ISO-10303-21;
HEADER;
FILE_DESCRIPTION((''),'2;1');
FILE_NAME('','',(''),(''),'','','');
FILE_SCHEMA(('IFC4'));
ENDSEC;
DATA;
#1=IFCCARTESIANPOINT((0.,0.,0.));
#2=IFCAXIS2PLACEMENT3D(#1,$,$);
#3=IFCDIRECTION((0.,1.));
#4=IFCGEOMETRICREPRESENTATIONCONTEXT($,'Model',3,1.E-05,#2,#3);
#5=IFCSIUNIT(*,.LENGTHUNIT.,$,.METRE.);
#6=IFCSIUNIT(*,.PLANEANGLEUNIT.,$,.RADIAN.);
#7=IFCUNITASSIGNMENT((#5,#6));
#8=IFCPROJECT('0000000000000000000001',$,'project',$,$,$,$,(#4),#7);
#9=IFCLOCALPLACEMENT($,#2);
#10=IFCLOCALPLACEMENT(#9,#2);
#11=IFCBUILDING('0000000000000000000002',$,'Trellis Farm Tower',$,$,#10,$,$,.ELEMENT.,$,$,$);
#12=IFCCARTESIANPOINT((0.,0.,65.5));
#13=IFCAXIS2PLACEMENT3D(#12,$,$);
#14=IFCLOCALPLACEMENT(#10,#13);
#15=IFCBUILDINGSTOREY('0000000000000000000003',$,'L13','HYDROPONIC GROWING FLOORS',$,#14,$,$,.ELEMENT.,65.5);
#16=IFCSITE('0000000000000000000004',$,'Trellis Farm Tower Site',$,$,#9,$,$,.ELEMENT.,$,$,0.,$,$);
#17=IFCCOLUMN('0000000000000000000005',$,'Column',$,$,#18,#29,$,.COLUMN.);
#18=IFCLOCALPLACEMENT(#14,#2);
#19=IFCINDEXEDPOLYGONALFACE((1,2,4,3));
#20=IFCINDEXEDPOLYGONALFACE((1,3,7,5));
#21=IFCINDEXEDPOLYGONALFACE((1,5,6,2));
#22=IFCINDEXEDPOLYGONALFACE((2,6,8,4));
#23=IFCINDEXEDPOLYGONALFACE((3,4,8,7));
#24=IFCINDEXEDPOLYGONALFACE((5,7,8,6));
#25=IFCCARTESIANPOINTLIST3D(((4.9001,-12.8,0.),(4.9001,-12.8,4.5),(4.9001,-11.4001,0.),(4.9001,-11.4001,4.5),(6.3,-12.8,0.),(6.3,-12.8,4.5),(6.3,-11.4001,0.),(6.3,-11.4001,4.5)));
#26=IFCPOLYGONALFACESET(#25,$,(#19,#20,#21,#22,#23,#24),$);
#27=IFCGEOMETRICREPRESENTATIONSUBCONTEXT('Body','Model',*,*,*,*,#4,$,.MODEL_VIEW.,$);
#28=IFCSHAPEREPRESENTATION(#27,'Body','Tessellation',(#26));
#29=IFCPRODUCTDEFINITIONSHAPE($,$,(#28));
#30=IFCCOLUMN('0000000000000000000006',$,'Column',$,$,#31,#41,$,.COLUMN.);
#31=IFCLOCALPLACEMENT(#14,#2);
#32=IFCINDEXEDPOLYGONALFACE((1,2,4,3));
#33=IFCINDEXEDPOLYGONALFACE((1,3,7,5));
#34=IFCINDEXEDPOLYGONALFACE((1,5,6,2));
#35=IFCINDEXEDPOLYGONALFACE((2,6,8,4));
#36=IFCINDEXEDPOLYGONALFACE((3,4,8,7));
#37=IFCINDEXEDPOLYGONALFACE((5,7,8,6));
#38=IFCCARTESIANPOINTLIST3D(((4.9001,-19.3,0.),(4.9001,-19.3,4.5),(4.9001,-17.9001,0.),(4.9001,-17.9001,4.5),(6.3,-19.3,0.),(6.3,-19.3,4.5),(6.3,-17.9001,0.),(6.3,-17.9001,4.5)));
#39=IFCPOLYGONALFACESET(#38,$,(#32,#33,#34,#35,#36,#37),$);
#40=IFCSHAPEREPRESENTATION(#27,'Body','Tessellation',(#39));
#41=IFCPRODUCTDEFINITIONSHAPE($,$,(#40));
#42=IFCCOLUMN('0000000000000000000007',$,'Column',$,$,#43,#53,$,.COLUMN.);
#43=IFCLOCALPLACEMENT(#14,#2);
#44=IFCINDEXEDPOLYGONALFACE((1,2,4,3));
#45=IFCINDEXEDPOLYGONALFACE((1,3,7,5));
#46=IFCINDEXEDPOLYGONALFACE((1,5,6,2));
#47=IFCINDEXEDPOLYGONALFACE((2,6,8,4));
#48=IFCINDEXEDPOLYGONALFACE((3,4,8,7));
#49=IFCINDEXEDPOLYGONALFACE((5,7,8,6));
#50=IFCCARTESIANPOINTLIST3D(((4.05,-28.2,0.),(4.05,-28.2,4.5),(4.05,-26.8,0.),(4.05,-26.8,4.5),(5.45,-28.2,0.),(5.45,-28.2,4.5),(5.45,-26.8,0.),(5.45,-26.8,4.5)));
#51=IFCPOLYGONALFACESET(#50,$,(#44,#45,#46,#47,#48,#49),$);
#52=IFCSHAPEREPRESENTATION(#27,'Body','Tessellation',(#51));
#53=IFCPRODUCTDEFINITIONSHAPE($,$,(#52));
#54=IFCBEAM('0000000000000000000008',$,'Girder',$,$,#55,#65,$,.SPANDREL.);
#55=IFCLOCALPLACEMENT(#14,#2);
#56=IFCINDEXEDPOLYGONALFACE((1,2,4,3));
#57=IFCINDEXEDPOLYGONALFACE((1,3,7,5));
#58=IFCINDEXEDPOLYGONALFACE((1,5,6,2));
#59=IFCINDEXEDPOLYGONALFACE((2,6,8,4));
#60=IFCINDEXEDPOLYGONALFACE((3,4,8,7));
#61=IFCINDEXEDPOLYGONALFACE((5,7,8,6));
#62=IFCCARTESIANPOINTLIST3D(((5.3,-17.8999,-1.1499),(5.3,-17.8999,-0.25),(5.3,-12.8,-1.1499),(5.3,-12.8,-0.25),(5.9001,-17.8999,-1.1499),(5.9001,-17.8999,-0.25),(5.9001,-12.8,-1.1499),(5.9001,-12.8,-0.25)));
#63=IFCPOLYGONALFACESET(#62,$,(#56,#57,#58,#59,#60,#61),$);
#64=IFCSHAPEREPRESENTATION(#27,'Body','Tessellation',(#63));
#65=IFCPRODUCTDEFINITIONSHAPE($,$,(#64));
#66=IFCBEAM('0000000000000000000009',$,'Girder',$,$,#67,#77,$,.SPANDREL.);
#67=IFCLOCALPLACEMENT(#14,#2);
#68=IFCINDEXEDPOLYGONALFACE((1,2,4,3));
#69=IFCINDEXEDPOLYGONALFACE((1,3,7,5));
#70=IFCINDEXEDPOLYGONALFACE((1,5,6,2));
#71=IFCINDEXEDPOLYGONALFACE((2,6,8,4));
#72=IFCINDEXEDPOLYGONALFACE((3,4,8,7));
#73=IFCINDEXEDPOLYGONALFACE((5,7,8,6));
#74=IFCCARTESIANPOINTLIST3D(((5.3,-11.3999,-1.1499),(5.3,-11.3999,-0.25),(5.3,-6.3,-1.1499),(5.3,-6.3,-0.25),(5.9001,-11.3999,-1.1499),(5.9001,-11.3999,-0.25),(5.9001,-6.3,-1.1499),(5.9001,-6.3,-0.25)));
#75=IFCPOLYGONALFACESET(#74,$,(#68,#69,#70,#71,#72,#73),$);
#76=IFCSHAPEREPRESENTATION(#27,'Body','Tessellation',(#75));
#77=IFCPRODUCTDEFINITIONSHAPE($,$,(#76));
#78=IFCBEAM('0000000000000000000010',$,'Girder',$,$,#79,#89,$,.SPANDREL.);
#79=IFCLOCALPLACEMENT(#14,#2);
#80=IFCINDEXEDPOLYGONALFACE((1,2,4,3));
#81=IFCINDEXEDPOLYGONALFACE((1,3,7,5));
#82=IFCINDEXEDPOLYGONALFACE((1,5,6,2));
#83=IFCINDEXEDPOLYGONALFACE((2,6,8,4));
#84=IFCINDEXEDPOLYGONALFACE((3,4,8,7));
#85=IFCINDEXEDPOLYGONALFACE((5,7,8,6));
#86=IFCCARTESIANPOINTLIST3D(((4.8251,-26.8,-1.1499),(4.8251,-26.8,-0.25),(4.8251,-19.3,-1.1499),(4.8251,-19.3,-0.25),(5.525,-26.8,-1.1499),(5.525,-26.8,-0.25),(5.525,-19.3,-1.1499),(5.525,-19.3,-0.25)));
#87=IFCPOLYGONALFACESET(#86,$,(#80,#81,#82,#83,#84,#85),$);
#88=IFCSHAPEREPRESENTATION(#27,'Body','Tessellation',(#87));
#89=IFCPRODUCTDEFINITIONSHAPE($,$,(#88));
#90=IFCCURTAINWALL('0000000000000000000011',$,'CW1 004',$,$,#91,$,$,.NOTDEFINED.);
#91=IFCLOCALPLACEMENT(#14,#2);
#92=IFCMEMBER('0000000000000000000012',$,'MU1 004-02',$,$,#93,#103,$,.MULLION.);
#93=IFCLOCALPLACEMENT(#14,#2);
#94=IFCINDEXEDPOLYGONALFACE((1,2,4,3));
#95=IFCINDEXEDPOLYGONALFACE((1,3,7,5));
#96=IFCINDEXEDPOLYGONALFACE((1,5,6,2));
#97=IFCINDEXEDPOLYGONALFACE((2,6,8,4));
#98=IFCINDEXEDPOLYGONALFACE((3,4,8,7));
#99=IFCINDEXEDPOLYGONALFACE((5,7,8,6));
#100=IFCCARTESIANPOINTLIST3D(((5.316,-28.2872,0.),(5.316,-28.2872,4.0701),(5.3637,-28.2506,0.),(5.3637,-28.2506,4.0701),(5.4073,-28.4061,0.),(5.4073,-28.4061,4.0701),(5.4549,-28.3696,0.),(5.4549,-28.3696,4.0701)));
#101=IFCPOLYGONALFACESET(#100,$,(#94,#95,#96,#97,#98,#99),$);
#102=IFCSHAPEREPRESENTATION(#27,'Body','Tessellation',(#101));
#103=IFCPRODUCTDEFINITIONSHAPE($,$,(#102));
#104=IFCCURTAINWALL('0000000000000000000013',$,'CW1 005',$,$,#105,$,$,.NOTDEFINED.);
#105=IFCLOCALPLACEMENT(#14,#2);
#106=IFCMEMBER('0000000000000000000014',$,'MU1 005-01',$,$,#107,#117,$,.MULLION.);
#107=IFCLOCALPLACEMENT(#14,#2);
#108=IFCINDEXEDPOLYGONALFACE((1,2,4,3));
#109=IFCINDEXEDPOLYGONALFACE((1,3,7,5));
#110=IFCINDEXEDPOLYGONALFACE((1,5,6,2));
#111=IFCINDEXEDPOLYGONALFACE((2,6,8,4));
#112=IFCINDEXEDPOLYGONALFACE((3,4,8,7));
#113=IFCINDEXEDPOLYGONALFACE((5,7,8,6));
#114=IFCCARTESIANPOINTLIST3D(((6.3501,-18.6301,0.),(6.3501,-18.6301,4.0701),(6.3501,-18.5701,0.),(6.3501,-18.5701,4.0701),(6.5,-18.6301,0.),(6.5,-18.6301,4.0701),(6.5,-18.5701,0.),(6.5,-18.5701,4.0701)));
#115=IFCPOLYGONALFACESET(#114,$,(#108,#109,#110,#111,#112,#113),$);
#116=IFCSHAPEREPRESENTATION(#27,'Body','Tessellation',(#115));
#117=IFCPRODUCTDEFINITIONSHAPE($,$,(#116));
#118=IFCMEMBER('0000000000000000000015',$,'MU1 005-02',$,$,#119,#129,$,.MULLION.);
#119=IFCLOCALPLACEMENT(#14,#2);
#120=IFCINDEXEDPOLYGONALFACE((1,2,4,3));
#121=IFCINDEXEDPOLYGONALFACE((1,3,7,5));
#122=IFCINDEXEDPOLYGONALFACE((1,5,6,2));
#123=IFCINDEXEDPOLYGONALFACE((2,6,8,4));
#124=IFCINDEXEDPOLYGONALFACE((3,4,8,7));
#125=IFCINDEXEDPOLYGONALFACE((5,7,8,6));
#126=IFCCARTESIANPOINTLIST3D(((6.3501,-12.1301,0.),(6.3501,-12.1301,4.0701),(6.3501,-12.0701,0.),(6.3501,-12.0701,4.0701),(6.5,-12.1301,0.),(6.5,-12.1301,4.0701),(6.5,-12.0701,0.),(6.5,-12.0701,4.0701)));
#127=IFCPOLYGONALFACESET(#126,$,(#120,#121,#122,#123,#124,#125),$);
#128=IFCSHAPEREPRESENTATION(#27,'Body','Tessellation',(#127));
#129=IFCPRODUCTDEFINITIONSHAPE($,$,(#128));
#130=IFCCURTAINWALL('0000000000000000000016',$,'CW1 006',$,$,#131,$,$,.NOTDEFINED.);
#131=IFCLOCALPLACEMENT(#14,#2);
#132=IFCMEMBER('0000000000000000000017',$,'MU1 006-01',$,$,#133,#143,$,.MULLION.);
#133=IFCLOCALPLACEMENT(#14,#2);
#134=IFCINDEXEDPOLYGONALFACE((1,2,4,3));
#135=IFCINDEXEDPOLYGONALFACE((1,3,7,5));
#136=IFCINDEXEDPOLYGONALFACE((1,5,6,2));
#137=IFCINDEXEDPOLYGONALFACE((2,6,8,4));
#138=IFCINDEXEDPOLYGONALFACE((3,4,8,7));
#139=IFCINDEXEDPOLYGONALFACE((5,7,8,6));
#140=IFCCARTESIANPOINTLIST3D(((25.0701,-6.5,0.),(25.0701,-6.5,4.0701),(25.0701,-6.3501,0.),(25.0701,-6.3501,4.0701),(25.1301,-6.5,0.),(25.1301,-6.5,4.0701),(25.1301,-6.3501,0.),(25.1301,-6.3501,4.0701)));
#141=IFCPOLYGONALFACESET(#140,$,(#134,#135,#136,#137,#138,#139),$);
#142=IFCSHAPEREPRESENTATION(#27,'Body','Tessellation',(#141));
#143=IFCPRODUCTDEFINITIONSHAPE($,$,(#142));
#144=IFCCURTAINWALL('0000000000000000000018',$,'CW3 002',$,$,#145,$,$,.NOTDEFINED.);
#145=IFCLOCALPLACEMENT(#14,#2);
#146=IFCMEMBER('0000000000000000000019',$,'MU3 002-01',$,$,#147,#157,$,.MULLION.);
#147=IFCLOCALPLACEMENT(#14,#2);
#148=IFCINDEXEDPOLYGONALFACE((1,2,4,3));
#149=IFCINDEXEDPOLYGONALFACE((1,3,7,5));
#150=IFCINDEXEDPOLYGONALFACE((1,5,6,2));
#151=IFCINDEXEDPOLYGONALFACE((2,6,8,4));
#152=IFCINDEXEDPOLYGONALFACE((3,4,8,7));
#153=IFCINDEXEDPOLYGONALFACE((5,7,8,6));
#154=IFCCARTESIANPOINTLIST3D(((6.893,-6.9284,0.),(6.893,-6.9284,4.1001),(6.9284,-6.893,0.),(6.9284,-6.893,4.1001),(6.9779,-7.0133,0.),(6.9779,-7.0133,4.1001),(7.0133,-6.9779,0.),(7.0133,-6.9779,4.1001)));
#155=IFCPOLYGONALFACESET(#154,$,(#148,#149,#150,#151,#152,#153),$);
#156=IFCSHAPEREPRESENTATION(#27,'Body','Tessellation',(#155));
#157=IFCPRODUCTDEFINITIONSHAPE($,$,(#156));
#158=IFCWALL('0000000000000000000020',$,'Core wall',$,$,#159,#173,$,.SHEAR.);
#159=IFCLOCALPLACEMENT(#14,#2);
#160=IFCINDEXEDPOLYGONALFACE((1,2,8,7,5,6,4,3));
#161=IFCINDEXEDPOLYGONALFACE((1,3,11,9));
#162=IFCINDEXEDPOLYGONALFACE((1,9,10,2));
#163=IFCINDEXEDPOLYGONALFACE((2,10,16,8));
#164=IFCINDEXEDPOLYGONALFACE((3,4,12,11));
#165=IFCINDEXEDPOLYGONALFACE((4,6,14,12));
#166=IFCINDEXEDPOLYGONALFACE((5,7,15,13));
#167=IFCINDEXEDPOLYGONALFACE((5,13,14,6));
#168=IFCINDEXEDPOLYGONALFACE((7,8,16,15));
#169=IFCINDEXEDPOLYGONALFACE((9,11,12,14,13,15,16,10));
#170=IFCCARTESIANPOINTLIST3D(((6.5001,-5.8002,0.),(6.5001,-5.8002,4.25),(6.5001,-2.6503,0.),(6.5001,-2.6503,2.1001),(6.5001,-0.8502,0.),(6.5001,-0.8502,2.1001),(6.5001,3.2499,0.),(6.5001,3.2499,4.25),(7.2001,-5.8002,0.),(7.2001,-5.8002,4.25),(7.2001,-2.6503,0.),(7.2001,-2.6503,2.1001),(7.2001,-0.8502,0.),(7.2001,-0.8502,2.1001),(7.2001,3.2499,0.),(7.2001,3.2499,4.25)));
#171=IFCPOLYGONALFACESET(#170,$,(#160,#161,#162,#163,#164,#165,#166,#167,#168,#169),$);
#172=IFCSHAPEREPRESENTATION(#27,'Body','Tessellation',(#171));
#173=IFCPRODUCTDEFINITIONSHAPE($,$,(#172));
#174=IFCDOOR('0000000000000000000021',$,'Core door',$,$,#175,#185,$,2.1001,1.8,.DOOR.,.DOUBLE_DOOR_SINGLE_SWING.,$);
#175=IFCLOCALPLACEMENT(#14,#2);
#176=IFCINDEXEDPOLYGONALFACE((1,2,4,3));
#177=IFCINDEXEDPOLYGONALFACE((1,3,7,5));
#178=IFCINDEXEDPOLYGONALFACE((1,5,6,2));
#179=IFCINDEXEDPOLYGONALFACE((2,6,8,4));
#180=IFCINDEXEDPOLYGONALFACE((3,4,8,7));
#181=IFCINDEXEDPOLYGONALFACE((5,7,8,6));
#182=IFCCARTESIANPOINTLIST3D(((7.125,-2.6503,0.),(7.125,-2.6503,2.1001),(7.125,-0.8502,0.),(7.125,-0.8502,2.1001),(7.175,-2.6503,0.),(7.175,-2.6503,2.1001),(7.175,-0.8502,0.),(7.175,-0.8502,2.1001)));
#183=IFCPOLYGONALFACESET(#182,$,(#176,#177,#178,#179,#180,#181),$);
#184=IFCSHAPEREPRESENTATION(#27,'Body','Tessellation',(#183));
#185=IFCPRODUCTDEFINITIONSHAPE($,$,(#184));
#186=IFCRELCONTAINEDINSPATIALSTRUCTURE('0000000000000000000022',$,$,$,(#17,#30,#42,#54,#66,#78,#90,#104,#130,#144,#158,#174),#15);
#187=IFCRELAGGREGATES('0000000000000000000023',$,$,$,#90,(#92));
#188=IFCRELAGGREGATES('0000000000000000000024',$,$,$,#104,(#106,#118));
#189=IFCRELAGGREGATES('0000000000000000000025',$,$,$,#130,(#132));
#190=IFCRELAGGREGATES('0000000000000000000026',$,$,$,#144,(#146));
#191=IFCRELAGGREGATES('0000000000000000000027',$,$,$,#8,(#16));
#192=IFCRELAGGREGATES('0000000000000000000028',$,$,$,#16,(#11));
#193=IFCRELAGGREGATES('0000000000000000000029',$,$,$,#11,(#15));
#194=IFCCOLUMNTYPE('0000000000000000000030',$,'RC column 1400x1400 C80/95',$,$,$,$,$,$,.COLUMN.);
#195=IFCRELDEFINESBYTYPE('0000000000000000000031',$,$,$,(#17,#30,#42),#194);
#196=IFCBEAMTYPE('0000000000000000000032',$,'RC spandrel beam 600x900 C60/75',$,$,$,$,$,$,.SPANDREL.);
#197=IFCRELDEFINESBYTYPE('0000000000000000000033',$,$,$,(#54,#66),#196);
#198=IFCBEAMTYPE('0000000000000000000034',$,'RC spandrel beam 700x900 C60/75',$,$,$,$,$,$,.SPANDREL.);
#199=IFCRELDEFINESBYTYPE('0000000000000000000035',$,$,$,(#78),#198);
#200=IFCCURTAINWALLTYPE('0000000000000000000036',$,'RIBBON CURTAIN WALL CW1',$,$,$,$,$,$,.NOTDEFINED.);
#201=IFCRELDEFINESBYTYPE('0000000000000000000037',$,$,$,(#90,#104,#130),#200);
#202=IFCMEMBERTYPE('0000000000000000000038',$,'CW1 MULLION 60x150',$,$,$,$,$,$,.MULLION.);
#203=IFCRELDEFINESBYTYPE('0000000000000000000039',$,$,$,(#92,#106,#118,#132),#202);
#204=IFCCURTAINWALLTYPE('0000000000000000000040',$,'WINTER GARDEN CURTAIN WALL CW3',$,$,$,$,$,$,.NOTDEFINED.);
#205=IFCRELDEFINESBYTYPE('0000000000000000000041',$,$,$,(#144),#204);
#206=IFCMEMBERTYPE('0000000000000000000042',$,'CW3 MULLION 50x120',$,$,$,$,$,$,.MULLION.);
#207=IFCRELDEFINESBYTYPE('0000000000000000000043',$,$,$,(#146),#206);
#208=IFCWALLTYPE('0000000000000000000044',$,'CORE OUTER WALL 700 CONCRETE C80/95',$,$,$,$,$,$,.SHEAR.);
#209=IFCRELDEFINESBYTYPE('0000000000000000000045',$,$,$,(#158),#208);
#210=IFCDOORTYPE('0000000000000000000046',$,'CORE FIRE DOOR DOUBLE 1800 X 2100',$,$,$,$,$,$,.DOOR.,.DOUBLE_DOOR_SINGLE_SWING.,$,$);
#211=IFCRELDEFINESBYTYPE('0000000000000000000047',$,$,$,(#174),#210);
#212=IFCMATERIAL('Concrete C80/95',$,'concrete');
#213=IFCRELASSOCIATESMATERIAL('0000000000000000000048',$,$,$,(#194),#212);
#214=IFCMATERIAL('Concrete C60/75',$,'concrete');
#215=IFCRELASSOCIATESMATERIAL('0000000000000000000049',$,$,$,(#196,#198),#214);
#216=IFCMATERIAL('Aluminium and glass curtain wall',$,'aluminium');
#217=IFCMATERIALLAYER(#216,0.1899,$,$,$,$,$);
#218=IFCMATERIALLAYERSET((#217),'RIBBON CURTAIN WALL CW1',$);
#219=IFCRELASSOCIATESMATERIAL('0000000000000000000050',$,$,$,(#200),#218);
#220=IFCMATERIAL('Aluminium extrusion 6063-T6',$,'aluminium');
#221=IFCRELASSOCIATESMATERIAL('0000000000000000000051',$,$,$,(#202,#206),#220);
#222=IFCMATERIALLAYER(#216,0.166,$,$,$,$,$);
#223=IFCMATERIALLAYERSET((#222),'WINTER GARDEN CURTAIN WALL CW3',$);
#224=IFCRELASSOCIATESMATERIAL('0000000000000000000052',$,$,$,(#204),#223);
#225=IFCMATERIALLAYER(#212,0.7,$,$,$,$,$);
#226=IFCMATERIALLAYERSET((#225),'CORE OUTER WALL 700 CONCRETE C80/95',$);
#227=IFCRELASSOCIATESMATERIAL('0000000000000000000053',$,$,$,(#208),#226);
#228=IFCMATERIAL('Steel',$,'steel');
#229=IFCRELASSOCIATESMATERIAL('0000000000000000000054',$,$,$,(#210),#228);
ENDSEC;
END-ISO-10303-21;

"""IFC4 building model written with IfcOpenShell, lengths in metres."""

from ifc_helpers import new_model, si_unit, direction, frame, frame_2d, origin, origin_2d, place, context, subcontext, project, spatial, rectangle, extrude, source, transform, mapped, material, layer, layer_set, material_profile, profile_set, type_object, element, fill, aggregate, save


model = new_model("IFC4")

# Units and contexts
model_context = context("Model", 3, precision=1e-05, world=origin(), true_north=direction((0.0, 1.0)))
body_context = subcontext(model_context, "Body", "Model", "MODEL_VIEW")
ifc_project = project(units=[si_unit("LENGTHUNIT", "METRE"), si_unit("PLANEANGLEUNIT", "RADIAN")], contexts=[model_context])

# Site, building, storey
site_placement = place(None, origin())
site = spatial("IfcSite", under=ifc_project, at=site_placement, Name="Trellis Farm Tower Site", CompositionType="ELEMENT", RefElevation=0.0)
building_placement = place(site_placement, origin())
building = spatial("IfcBuilding", under=site, at=building_placement, Name="Trellis Farm Tower", CompositionType="ELEMENT")
storey_placement = place(building_placement, frame((0.0, 0.0, 65.5)))
storey = spatial("IfcBuildingStorey", under=building, at=storey_placement, Name="L13", Description="HYDROPONIC GROWING FLOORS", CompositionType="ELEMENT", Elevation=65.5)

# Columns
ifc_material_1 = material(Name="Concrete C80/95", Category="concrete")
ifc_material_profile_1 = material_profile(ifc_material_1, rectangle(XDim=1.3999, YDim=1.3999, at=origin_2d()), Name="RC column 1400x1400 C80/95")
ifc_profile_set_1 = profile_set([ifc_material_profile_1], Name="Concrete C80/95")
column_type = type_object("IfcColumnType", Name="RC column 1400x1400 C80/95", PredefinedType="COLUMN", material=ifc_profile_set_1)
shared_shape_1 = source(origin(), body_context, "Body", "SweptSolid", [
    extrude(rectangle(XDim=1.3999, YDim=1.3999, at=origin_2d()), origin(), (0.0, 0.0, 1.0), 4.5),
])
for number, where, z_axis, x_axis, name in (
    (1, (5.6001, -12.1001, 0.0), (0.0, 0.0, 1.0), (1.0, 0.0, 0.0), "Column"),
    (2, (5.6001, -18.6001, 0.0), (0.0, 0.0, 1.0), (1.0, 0.0, 0.0), "Column"),
    (3, (4.75, -27.5, 0.0), (0.0, 0.0, 1.0), (1.0, 0.0, 0.0), "Column"),
):
    element("IfcColumn", number, at=place(storey_placement, frame(where, z_axis=z_axis, x_axis=x_axis)), inside=storey, type_object=column_type, Name=name, PredefinedType="COLUMN", context=body_context, shape_type="MappedRepresentation", body=[
        mapped(shared_shape_1, transform((0.0, 0.0, 0.0))),
    ])

# Beams
ifc_material_2 = material(Name="Concrete C60/75", Category="concrete")
ifc_material_profile_2 = material_profile(ifc_material_2, rectangle(XDim=0.6001, YDim=0.8999, at=origin_2d()), Name="RC spandrel beam 600x900 C60/75")
ifc_profile_set_2 = profile_set([ifc_material_profile_2], Name="Concrete C60/75")
beam_type_1 = type_object("IfcBeamType", Name="RC spandrel beam 600x900 C60/75", PredefinedType="SPANDREL", material=ifc_profile_set_2)
shared_shape_2 = source(origin(), body_context, "Body", "SweptSolid", [
    extrude(rectangle(XDim=0.6001, YDim=0.8999, at=origin_2d()), origin(), (0.0, 0.0, 1.0), 5.0999),
])
for number, where, z_axis, x_axis, name in (
    (4, (5.6001, -17.8999, -0.7), (0.0, 1.0, 0.0), (-1.0, 0.0, 0.0), "Girder"),
    (5, (5.6001, -11.3999, -0.7), (0.0, 1.0, 0.0), (-1.0, 0.0, 0.0), "Girder"),
):
    element("IfcBeam", number, at=place(storey_placement, frame(where, z_axis=z_axis, x_axis=x_axis)), inside=storey, type_object=beam_type_1, Name=name, PredefinedType="SPANDREL", context=body_context, shape_type="MappedRepresentation", body=[
        mapped(shared_shape_2, transform((0.0, 0.0, 0.0))),
    ])
ifc_material_profile_3 = material_profile(ifc_material_2, rectangle(XDim=0.7, YDim=0.8999, at=origin_2d()), Name="RC spandrel beam 700x900 C60/75")
ifc_profile_set_3 = profile_set([ifc_material_profile_3], Name="Concrete C60/75")
beam_type_2 = type_object("IfcBeamType", Name="RC spandrel beam 700x900 C60/75", PredefinedType="SPANDREL", material=ifc_profile_set_3)
shared_shape_3 = source(origin(), body_context, "Body", "SweptSolid", [
    extrude(rectangle(XDim=0.7, YDim=0.8999, at=origin_2d()), origin(), (0.0, 0.0, 1.0), 7.5),
])
beam_placement = place(storey_placement, frame((5.175, -26.8, -0.7), z_axis=(0.0, 1.0, 0.0), x_axis=(-1.0, 0.0, 0.0)))
element("IfcBeam", 6, at=beam_placement, inside=storey, type_object=beam_type_2, Name="Girder", PredefinedType="SPANDREL", context=body_context, shape_type="MappedRepresentation", body=[
    mapped(shared_shape_3, transform((0.0, 0.0, 0.0))),
])

# Curtain wall, member
ifc_material_3 = material(Name="Aluminium and glass curtain wall", Category="aluminium")
ifc_layer_1 = layer(ifc_material_3, 0.1899)
ifc_layer_set_1 = layer_set([ifc_layer_1], Name="RIBBON CURTAIN WALL CW1")
curtain_wall_type_1 = type_object("IfcCurtainWallType", Name="RIBBON CURTAIN WALL CW1", PredefinedType="NOTDEFINED", material=ifc_layer_set_1)
placement = place(storey_placement, origin())
curtain_wall_1 = element("IfcCurtainWall", 7, at=placement, inside=storey, type_object=curtain_wall_type_1, Name="CW1 004", PredefinedType="NOTDEFINED")
ifc_material_4 = material(Name="Aluminium extrusion 6063-T6", Category="aluminium")
ifc_material_profile_4 = material_profile(ifc_material_4, rectangle(XDim=0.0601, YDim=0.1499, at=origin_2d()), Name="MULLION 60x150")
ifc_profile_set_4 = profile_set([ifc_material_profile_4], Name="Aluminium extrusion 6063-T6")
member_type_1 = type_object("IfcMemberType", Name="CW1 MULLION 60x150", PredefinedType="MULLION", material=ifc_profile_set_4)
shared_shape_4 = source(origin(), body_context, "Body", "SweptSolid", [
    extrude(rectangle(XDim=0.0601, YDim=0.1499, at=origin_2d()), origin(), (0.0, 0.0, 1.0), 4.0701),
])
member_1_placement = place(storey_placement, frame((5.3855, -28.3284, 0.0), z_axis=(0.0, 0.0, 1.0), x_axis=(0.793353, 0.608761, 0.0)))
member_1 = element("IfcMember", 8, at=member_1_placement, type_object=member_type_1, Name="MU1 004-02", PredefinedType="MULLION", context=body_context, shape_type="MappedRepresentation", body=[
    mapped(shared_shape_4, transform((0.0, 0.0, 0.0))),
])
aggregate(curtain_wall_1, [member_1])

# Curtain wall, members
curtain_wall_2 = element("IfcCurtainWall", 9, at=placement, inside=storey, type_object=curtain_wall_type_1, Name="CW1 005", PredefinedType="NOTDEFINED")
member_2_placement = place(storey_placement, frame((6.425, -18.6001, 0.0), z_axis=(0.0, 0.0, 1.0), x_axis=(0.0, 1.0, 0.0)))
member_2 = element("IfcMember", 10, at=member_2_placement, type_object=member_type_1, Name="MU1 005-01", PredefinedType="MULLION", context=body_context, shape_type="MappedRepresentation", body=[
    mapped(shared_shape_4, transform((0.0, 0.0, 0.0))),
])
member_3_placement = place(storey_placement, frame((6.425, -12.1001, 0.0), z_axis=(0.0, 0.0, 1.0), x_axis=(0.0, 1.0, 0.0)))
member_3 = element("IfcMember", 11, at=member_3_placement, type_object=member_type_1, Name="MU1 005-02", PredefinedType="MULLION", context=body_context, shape_type="MappedRepresentation", body=[
    mapped(shared_shape_4, transform((0.0, 0.0, 0.0))),
])
aggregate(curtain_wall_2, [member_2, member_3])

# Curtain walls, members
curtain_wall_3 = element("IfcCurtainWall", 12, at=placement, inside=storey, type_object=curtain_wall_type_1, Name="CW1 006", PredefinedType="NOTDEFINED")
member_4_placement = place(storey_placement, frame((25.1001, -6.425, 0.0), z_axis=(0.0, 0.0, 1.0), x_axis=(1.0, 0.0, 0.0)))
member_4 = element("IfcMember", 13, at=member_4_placement, type_object=member_type_1, Name="MU1 006-01", PredefinedType="MULLION", context=body_context, shape_type="MappedRepresentation", body=[
    mapped(shared_shape_4, transform((0.0, 0.0, 0.0))),
])
aggregate(curtain_wall_3, [member_4])
ifc_layer_2 = layer(ifc_material_3, 0.166)
ifc_layer_set_2 = layer_set([ifc_layer_2], Name="WINTER GARDEN CURTAIN WALL CW3")
curtain_wall_type_2 = type_object("IfcCurtainWallType", Name="WINTER GARDEN CURTAIN WALL CW3", PredefinedType="NOTDEFINED", material=ifc_layer_set_2)
curtain_wall_4 = element("IfcCurtainWall", 14, at=placement, inside=storey, type_object=curtain_wall_type_2, Name="CW3 002", PredefinedType="NOTDEFINED")
ifc_material_profile_5 = material_profile(ifc_material_4, rectangle(XDim=0.05, YDim=0.1201, at=origin_2d()), Name="MULLION 50x120")
ifc_profile_set_5 = profile_set([ifc_material_profile_5], Name="Aluminium extrusion 6063-T6")
member_type_2 = type_object("IfcMemberType", Name="CW3 MULLION 50x120", PredefinedType="MULLION", material=ifc_profile_set_5)
shared_shape_5 = source(origin(), body_context, "Body", "SweptSolid", [
    extrude(rectangle(XDim=0.05, YDim=0.1201, at=origin_2d()), origin(), (0.0, 0.0, 1.0), 4.1001),
])
member_5_placement = place(storey_placement, frame((6.9531, -6.9531, 0.0), z_axis=(0.0, 0.0, 1.0), x_axis=(0.707107, 0.707107, 0.0)))
member_5 = element("IfcMember", 15, at=member_5_placement, type_object=member_type_2, Name="MU3 002-01", PredefinedType="MULLION", context=body_context, shape_type="MappedRepresentation", body=[
    mapped(shared_shape_5, transform((0.0, 0.0, 0.0))),
])
aggregate(curtain_wall_4, [member_5])

# Wall, opening, door
ifc_layer_3 = layer(ifc_material_1, 0.7)
ifc_layer_set_3 = layer_set([ifc_layer_3], Name="CORE OUTER WALL 700 CONCRETE C80/95")
wall_type_1 = type_object("IfcWallType", Name="CORE OUTER WALL 700 CONCRETE C80/95", PredefinedType="SHEAR", material=ifc_layer_set_3)
shared_shape_6 = source(origin(), body_context, "Body", "SweptSolid", [
    extrude(rectangle(XDim=9.05, YDim=0.7, at=frame_2d((4.5249, 0.0))), origin(), (0.0, 0.0, 1.0), 4.25),
])
wall_1_placement = place(storey_placement, frame((6.8501, -5.8, 0.0), z_axis=(0.0, 0.0, 1.0), x_axis=(0.0, 1.0, 0.0)))
wall_1 = element("IfcWall", 16, at=wall_1_placement, inside=storey, type_object=wall_type_1, Name="Core wall", PredefinedType="SHEAR", context=body_context, shape_type="MappedRepresentation", body=[
    mapped(shared_shape_6, transform((0.0, 0.0, 0.0))),
])
shared_shape_7 = source(origin(), body_context, "Body", "SweptSolid", [
    extrude(rectangle(XDim=1.8, YDim=2.1001, at=frame_2d((0.8999, 1.05))), frame((0.0, 0.3601, 0.0), z_axis=(0.0, -1.0, 0.0), x_axis=(1.0, 0.0, 0.0)), (0.0, 0.0, 1.0), 0.7202),
])
opening_1_placement = place(wall_1_placement, frame((3.1499, 0.0, 0.0)))
opening_1 = element("IfcOpeningElement", 17, at=opening_1_placement, cuts=wall_1, PredefinedType="OPENING", context=body_context, shape_type="MappedRepresentation", body=[
    mapped(shared_shape_7, transform((0.0, 0.0, 0.0))),
])
ifc_material_5 = material(Name="Steel", Category="steel")
door_type_1 = type_object("IfcDoorType", Name="CORE FIRE DOOR DOUBLE 1800 X 2100", OperationType="DOUBLE_DOOR_SINGLE_SWING", PredefinedType="DOOR", material=ifc_material_5)
shared_shape_8 = source(origin(), body_context, "Body", "SweptSolid", [
    extrude(rectangle(XDim=1.8, YDim=2.1001, at=frame_2d((0.8999, 1.05))), frame((0.0, -0.2749, 0.0), z_axis=(0.0, -1.0, 0.0), x_axis=(1.0, 0.0, 0.0)), (0.0, 0.0, 1.0), 0.05),
])
door_1_placement = place(opening_1_placement, origin())
door_1 = element("IfcDoor", 18, at=door_1_placement, inside=storey, type_object=door_type_1, Name="Core door", OperationType="DOUBLE_DOOR_SINGLE_SWING", OverallHeight=2.1001, OverallWidth=1.8, PredefinedType="DOOR", context=body_context, shape_type="MappedRepresentation", body=[
    mapped(shared_shape_8, transform((0.0, 0.0, 0.0))),
])
fill(opening_1, door_1)

save(model, "model.ifc")
